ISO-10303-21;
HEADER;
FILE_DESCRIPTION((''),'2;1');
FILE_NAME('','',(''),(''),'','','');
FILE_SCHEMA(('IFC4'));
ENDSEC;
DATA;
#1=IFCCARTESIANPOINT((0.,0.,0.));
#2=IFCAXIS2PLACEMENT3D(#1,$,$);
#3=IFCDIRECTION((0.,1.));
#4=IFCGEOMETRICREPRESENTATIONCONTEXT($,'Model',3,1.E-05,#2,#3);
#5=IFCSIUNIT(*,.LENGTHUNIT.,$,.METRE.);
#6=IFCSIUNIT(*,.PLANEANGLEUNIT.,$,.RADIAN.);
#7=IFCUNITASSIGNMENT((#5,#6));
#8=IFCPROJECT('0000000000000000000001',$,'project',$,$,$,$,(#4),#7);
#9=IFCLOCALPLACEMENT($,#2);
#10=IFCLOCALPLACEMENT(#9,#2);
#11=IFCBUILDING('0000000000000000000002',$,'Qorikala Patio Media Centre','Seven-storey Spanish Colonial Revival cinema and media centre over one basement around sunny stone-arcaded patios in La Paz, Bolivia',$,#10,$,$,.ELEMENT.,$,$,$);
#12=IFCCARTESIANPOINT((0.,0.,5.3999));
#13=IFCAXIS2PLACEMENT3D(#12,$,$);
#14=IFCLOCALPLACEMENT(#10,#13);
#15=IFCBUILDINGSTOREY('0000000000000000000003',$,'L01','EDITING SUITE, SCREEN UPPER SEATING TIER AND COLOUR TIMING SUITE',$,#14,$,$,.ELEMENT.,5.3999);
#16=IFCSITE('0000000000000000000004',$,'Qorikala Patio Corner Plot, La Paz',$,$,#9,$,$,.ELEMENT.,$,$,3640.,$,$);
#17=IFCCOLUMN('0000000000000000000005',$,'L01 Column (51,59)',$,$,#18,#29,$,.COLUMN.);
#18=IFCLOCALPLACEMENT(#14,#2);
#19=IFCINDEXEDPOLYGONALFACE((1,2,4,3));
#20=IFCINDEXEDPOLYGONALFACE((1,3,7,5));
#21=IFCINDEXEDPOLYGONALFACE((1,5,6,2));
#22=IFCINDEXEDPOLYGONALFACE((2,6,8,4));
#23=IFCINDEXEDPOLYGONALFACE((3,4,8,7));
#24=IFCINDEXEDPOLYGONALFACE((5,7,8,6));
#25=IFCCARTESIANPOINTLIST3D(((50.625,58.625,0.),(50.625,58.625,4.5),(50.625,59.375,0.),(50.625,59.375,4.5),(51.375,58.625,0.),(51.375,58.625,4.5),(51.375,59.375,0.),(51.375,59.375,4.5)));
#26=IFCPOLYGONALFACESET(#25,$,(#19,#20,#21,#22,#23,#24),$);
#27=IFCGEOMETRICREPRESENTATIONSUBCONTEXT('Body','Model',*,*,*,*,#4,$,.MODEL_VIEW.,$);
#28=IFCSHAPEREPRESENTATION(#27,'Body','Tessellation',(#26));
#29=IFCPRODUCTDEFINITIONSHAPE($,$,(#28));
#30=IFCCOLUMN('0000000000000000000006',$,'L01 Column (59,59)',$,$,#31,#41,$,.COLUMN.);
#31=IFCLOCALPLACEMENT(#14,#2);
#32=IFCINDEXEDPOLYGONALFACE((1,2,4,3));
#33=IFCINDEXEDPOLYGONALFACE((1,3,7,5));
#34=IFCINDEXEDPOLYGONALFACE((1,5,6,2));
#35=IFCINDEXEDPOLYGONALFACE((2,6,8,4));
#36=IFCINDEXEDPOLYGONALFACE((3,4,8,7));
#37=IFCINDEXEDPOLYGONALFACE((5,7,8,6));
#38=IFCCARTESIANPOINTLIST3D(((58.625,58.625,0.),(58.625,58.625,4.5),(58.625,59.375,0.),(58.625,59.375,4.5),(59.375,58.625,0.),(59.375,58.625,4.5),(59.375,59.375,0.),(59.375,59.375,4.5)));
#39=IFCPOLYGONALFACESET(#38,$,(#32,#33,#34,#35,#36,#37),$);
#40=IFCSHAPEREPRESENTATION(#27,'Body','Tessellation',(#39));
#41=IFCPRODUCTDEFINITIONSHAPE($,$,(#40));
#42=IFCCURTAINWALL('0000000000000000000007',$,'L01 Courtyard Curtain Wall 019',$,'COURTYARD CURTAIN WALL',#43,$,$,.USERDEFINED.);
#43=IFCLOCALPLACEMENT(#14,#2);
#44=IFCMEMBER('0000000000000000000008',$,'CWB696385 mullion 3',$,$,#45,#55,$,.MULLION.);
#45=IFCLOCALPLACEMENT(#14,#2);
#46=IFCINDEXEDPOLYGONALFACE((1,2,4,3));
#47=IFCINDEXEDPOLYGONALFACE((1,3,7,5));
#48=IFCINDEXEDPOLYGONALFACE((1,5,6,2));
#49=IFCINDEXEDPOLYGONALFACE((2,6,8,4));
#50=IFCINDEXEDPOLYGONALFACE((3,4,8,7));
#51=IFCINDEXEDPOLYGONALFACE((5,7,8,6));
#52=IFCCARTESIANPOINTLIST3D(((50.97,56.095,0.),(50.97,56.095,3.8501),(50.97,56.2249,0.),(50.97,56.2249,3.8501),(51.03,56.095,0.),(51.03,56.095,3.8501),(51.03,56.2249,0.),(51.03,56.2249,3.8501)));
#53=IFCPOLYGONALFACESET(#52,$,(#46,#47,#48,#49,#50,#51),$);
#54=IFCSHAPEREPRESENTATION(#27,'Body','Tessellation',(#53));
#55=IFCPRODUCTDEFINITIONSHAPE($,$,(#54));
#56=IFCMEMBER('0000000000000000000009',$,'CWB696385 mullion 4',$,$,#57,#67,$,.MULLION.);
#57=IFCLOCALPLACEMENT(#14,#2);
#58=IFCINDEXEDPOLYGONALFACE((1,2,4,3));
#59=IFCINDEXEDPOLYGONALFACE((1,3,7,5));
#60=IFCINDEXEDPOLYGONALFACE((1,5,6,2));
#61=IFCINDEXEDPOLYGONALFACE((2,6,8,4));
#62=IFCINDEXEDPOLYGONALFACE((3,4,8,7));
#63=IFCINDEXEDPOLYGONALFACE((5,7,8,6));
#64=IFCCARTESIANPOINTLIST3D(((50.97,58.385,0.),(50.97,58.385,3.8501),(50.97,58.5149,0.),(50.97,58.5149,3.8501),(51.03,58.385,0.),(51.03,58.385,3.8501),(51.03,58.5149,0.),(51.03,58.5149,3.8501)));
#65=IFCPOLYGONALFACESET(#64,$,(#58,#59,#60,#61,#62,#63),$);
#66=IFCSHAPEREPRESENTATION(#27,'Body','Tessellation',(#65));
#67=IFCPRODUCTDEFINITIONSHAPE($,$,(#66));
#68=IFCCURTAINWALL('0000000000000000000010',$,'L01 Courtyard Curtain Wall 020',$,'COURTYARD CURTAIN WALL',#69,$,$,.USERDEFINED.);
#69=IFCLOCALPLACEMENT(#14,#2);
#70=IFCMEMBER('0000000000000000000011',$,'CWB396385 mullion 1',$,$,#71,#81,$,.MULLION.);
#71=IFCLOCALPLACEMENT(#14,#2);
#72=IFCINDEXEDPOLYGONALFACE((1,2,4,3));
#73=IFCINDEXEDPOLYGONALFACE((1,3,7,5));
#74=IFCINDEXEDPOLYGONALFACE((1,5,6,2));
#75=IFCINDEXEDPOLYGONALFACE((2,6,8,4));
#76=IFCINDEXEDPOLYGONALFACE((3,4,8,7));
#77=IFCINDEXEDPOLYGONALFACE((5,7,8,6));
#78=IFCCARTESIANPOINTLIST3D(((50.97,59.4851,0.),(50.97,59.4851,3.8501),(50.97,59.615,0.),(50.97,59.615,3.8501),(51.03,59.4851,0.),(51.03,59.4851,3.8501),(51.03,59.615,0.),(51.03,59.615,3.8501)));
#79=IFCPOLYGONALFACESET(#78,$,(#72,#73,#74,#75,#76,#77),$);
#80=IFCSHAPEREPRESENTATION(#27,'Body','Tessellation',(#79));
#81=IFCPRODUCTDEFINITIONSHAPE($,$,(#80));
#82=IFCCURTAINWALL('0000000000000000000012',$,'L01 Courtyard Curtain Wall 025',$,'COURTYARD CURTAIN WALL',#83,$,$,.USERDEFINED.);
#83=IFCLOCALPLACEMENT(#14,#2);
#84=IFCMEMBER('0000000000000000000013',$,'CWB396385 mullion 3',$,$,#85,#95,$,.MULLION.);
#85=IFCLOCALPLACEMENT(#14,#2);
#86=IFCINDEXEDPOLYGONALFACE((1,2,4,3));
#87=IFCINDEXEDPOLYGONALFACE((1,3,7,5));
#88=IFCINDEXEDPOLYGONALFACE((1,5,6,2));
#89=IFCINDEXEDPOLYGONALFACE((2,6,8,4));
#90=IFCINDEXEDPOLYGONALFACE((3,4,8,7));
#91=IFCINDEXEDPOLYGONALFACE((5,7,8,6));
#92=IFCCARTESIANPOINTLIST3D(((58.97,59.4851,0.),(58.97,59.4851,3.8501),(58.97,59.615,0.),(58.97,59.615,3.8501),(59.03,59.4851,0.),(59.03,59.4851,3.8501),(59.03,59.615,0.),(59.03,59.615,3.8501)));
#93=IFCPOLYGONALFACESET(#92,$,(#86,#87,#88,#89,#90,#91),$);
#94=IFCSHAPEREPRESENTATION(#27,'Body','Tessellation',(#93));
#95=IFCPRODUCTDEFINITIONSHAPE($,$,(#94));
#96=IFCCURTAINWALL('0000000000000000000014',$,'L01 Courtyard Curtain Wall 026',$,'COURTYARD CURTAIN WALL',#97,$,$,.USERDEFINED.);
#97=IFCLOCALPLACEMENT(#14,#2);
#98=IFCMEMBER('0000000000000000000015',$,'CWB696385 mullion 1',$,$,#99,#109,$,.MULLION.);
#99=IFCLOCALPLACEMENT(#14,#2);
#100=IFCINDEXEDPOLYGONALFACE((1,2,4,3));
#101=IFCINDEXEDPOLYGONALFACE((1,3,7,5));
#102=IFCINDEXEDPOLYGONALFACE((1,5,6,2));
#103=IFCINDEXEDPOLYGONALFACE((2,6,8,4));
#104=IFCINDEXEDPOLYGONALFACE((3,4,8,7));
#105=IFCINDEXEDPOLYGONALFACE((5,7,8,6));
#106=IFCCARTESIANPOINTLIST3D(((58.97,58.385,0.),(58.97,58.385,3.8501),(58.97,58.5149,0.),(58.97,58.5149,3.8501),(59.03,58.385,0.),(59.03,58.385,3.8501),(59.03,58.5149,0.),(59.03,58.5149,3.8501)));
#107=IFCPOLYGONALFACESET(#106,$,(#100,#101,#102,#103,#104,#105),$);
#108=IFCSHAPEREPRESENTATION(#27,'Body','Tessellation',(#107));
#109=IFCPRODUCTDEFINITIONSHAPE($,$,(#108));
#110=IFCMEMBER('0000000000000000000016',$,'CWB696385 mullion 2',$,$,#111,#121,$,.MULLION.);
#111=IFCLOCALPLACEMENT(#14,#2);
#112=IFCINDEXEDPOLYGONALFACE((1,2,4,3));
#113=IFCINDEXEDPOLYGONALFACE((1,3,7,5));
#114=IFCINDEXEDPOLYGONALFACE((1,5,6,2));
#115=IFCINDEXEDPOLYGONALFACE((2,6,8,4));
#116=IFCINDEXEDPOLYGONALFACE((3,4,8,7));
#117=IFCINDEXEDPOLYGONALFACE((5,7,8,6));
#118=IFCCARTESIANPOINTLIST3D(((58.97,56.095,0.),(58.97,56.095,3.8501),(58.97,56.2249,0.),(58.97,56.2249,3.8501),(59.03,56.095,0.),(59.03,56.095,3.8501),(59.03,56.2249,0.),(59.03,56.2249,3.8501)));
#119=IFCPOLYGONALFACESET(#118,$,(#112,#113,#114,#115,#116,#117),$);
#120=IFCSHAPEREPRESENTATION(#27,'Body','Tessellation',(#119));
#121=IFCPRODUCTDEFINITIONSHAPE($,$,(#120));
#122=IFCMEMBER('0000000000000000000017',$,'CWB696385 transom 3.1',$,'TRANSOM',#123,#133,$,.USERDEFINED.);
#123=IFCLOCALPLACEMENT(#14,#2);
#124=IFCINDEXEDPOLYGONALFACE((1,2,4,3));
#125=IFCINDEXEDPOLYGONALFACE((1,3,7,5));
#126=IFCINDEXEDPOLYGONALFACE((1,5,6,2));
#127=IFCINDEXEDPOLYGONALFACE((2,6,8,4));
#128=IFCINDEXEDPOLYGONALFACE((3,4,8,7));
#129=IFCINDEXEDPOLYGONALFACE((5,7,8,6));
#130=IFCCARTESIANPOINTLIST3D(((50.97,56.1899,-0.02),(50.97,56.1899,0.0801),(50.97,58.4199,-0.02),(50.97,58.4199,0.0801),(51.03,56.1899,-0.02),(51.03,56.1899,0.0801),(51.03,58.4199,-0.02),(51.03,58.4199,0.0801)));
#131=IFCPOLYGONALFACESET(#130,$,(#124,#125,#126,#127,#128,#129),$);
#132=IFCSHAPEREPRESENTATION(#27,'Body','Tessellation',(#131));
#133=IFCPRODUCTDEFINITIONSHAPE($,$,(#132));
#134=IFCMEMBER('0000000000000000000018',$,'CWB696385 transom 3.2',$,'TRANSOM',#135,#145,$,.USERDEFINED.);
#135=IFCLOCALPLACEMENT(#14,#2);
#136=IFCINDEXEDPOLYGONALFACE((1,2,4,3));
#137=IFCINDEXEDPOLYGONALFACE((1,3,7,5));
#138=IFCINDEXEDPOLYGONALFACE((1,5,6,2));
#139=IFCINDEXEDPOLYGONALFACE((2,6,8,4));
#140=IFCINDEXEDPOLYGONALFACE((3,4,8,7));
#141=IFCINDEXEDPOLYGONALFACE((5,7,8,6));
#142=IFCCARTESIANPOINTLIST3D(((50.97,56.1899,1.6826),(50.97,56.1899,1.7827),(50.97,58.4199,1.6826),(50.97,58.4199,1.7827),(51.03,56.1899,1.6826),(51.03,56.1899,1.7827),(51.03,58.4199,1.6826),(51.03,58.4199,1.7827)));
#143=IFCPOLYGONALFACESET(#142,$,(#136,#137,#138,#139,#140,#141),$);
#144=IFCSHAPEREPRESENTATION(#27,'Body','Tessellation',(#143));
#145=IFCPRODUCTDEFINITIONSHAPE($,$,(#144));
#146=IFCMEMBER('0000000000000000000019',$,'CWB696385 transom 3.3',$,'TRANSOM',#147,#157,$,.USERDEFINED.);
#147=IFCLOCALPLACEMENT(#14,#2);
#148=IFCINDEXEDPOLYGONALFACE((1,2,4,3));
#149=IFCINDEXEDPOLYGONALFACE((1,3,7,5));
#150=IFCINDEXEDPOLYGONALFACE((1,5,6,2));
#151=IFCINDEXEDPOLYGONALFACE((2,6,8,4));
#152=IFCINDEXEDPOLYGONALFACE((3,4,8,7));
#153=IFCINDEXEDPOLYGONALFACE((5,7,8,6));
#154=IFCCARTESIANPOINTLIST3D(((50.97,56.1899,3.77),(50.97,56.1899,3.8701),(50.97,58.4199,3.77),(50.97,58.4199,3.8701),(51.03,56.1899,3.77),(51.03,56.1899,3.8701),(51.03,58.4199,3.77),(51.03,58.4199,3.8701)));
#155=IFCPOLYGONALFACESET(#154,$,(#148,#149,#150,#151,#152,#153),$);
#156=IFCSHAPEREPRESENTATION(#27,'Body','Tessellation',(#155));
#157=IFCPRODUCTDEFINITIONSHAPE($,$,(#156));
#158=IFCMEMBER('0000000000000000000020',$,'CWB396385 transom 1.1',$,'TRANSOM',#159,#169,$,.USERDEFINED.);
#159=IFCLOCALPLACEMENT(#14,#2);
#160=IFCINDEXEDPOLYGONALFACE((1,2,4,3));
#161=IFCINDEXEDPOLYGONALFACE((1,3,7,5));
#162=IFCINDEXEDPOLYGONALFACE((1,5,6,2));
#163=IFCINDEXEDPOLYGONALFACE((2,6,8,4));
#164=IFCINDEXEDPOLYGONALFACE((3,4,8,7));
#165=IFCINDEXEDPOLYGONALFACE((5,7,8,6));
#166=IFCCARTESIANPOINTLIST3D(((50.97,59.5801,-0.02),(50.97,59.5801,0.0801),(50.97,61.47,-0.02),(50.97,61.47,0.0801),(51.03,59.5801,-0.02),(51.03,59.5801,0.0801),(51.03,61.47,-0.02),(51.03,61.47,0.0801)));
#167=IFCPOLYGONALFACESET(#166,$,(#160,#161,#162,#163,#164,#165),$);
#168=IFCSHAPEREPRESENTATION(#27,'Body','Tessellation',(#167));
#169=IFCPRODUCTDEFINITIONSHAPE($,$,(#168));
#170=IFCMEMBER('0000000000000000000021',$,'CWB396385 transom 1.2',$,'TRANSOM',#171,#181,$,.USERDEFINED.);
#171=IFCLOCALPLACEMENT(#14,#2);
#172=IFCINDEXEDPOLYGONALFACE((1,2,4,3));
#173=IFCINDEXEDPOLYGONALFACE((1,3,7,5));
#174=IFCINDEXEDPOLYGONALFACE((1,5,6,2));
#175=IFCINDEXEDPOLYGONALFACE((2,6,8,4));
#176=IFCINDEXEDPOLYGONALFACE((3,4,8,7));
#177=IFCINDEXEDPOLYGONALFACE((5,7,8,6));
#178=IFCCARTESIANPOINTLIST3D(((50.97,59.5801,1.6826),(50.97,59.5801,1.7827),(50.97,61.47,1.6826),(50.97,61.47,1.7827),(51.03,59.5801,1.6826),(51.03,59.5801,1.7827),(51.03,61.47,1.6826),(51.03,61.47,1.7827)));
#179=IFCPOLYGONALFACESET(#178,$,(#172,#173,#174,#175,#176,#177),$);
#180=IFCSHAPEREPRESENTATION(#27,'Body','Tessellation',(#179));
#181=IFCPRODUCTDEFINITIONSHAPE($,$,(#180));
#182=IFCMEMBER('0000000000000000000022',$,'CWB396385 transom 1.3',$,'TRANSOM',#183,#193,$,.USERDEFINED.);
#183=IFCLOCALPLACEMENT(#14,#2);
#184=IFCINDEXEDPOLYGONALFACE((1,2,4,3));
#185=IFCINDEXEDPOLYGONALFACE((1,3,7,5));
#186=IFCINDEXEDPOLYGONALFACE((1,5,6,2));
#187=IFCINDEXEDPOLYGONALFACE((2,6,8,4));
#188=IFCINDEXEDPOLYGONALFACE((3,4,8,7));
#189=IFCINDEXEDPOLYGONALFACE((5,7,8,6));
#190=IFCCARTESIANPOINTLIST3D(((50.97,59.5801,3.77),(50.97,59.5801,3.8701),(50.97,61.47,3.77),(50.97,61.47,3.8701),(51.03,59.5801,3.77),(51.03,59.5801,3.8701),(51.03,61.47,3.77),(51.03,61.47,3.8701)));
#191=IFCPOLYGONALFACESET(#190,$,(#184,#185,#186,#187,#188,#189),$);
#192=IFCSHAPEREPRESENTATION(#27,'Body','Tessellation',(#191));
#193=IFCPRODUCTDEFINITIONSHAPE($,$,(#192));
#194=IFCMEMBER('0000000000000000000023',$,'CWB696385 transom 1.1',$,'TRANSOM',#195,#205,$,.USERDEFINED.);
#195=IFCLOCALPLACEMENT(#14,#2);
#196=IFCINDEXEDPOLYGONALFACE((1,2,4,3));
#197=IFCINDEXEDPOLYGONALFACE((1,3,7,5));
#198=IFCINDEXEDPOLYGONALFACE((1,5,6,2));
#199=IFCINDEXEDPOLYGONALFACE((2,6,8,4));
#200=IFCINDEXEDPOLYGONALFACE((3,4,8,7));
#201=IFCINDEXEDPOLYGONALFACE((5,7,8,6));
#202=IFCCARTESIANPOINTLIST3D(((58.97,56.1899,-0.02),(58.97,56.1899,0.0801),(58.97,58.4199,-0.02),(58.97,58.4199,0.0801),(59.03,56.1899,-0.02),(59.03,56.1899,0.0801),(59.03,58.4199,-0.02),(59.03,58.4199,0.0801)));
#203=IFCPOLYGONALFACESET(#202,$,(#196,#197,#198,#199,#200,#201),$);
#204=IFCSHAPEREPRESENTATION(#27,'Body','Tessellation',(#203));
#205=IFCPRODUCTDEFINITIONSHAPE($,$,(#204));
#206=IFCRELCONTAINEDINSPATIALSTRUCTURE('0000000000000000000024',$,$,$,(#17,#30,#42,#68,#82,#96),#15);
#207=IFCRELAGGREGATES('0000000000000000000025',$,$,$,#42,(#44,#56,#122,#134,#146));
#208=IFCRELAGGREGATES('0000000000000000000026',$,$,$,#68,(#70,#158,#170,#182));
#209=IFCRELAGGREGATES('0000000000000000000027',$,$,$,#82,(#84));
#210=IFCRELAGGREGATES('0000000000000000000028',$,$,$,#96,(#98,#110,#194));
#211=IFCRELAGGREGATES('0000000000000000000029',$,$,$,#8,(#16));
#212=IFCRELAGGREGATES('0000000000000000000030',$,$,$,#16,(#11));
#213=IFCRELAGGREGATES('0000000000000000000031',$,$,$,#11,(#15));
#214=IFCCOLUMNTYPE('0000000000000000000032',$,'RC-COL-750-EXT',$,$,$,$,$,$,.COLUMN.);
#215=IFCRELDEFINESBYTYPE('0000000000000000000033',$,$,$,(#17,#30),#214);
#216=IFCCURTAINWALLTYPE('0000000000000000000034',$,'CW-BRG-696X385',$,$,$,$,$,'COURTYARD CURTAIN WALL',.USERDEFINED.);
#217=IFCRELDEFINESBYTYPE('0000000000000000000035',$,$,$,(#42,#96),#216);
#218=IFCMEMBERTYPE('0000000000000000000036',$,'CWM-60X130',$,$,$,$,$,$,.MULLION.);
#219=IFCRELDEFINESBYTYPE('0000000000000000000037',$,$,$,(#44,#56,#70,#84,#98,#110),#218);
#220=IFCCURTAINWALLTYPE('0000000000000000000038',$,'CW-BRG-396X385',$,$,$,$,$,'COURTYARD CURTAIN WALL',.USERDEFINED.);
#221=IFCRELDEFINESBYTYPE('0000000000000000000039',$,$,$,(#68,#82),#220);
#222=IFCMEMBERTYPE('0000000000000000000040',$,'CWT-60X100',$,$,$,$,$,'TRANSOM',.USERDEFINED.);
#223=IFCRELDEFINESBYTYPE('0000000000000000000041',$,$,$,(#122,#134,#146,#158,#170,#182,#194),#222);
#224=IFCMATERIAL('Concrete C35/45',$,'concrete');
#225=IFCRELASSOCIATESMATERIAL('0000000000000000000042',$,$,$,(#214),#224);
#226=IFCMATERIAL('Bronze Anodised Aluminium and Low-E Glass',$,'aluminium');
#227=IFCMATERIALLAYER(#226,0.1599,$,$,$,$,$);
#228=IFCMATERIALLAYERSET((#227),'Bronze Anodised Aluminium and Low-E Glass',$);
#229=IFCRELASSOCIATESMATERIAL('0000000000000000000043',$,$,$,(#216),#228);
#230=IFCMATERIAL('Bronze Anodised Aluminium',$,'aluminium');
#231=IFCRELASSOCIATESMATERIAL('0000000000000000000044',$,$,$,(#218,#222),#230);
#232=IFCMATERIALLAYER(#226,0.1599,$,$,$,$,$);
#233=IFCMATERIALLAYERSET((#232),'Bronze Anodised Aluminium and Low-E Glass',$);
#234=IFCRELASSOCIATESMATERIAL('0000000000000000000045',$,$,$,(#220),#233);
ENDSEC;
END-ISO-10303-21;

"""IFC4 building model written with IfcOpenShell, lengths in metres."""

from ifc_helpers import new_model, si_unit, direction, frame, origin, origin_2d, place, context, subcontext, project, spatial, rectangle, extrude, material, layer, layer_set, material_profile, profile_set, type_object, element, aggregate, save


model = new_model("IFC4")

# Units and contexts
model_context = context("Model", 3, precision=1e-05, world=origin(), true_north=direction((0.0, 1.0)))
body_context = subcontext(model_context, "Body", "Model", "MODEL_VIEW")
ifc_project = project(units=[si_unit("LENGTHUNIT", "METRE"), si_unit("PLANEANGLEUNIT", "RADIAN")], contexts=[model_context])

# Site, building, storey
site_placement = place(None, origin())
site = spatial("IfcSite", under=ifc_project, at=site_placement, Name="Qorikala Patio Corner Plot, La Paz", CompositionType="ELEMENT", RefElevation=3640.0)
building_placement = place(site_placement, origin())
building = spatial("IfcBuilding", under=site, at=building_placement, Name="Qorikala Patio Media Centre", Description="Seven-storey Spanish Colonial Revival cinema and media centre over one basement around sunny stone-arcaded patios in La Paz, Bolivia", CompositionType="ELEMENT")
storey_placement = place(building_placement, frame((0.0, 0.0, 5.3999)))
storey = spatial("IfcBuildingStorey", under=building, at=storey_placement, Name="L01", Description="EDITING SUITE, SCREEN UPPER SEATING TIER AND COLOUR TIMING SUITE", CompositionType="ELEMENT", Elevation=5.3999)

# Columns
ifc_material_1 = material(Name="Concrete C35/45", Category="concrete")
ifc_material_profile_1 = material_profile(ifc_material_1, rectangle(XDim=0.75, YDim=0.75, at=origin_2d()), Name="RC 750x750")
ifc_profile_set_1 = profile_set([ifc_material_profile_1], Name="Concrete C35/45")
column_type = type_object("IfcColumnType", Name="RC-COL-750-EXT", PredefinedType="COLUMN", material=ifc_profile_set_1)
for number, where, z_axis, x_axis, name in (
    (1, (51.0, 59.0, 0.0), (0.0, 0.0, 1.0), (1.0, 0.0, 0.0), "L01 Column (51,59)"),
    (2, (59.0, 59.0, 0.0), (0.0, 0.0, 1.0), (1.0, 0.0, 0.0), "L01 Column (59,59)"),
):
    element("IfcColumn", number, at=place(storey_placement, frame(where, z_axis=z_axis, x_axis=x_axis)), inside=storey, type_object=column_type, Name=name, PredefinedType="COLUMN", context=body_context, shape_type="SweptSolid", body=[
        extrude(rectangle(XDim=0.75, YDim=0.75, at=origin_2d()), origin(), (0.0, 0.0, 1.0), 4.5),
    ])

# Curtain wall, members
ifc_material_2 = material(Name="Bronze Anodised Aluminium and Low-E Glass", Category="aluminium")
ifc_layer_1 = layer(ifc_material_2, 0.1599)
ifc_layer_set_1 = layer_set([ifc_layer_1], Name="Bronze Anodised Aluminium and Low-E Glass")
curtain_wall_type_1 = type_object("IfcCurtainWallType", Name="CW-BRG-696X385", ElementType="COURTYARD CURTAIN WALL", PredefinedType="USERDEFINED", material=ifc_layer_set_1)
curtain_wall_1_placement = place(storey_placement, origin())
curtain_wall_1 = element("IfcCurtainWall", 3, at=curtain_wall_1_placement, inside=storey, type_object=curtain_wall_type_1, Name="L01 Courtyard Curtain Wall 019", ObjectType="COURTYARD CURTAIN WALL", PredefinedType="USERDEFINED")
ifc_material_3 = material(Name="Bronze Anodised Aluminium", Category="aluminium")
ifc_material_profile_2 = material_profile(ifc_material_3, rectangle(XDim=0.0601, YDim=0.1299, at=origin_2d()), Name="ALU MULLION 60x130")
ifc_profile_set_2 = profile_set([ifc_material_profile_2], Name="Bronze Anodised Aluminium")
member_type_1 = type_object("IfcMemberType", Name="CWM-60X130", PredefinedType="MULLION", material=ifc_profile_set_2)
member_1_placement = place(storey_placement, frame((51.0, 56.1599, 0.0), z_axis=(0.0, 0.0, 1.0), x_axis=(-1.0, 0.0, 0.0)))
member_1 = element("IfcMember", 4, at=member_1_placement, type_object=member_type_1, Name="CWB696385 mullion 3", PredefinedType="MULLION", context=body_context, shape_type="SweptSolid", body=[
    extrude(rectangle(XDim=0.0601, YDim=0.1299, at=origin_2d()), origin(), (0.0, 0.0, 1.0), 3.8501),
])
member_2_placement = place(storey_placement, frame((51.0, 58.45, 0.0), z_axis=(0.0, 0.0, 1.0), x_axis=(-1.0, 0.0, 0.0)))
member_2 = element("IfcMember", 5, at=member_2_placement, type_object=member_type_1, Name="CWB696385 mullion 4", PredefinedType="MULLION", context=body_context, shape_type="SweptSolid", body=[
    extrude(rectangle(XDim=0.0601, YDim=0.1299, at=origin_2d()), origin(), (0.0, 0.0, 1.0), 3.8501),
])

# Curtain walls, members
ifc_layer_2 = layer(ifc_material_2, 0.1599)
ifc_layer_set_2 = layer_set([ifc_layer_2], Name="Bronze Anodised Aluminium and Low-E Glass")
curtain_wall_type_2 = type_object("IfcCurtainWallType", Name="CW-BRG-396X385", ElementType="COURTYARD CURTAIN WALL", PredefinedType="USERDEFINED", material=ifc_layer_set_2)
curtain_wall_2_placement = place(storey_placement, origin())
curtain_wall_2 = element("IfcCurtainWall", 6, at=curtain_wall_2_placement, inside=storey, type_object=curtain_wall_type_2, Name="L01 Courtyard Curtain Wall 020", ObjectType="COURTYARD CURTAIN WALL", PredefinedType="USERDEFINED")
member_3_placement = place(storey_placement, frame((51.0, 59.55, 0.0), z_axis=(0.0, 0.0, 1.0), x_axis=(-1.0, 0.0, 0.0)))
member_3 = element("IfcMember", 7, at=member_3_placement, type_object=member_type_1, Name="CWB396385 mullion 1", PredefinedType="MULLION", context=body_context, shape_type="SweptSolid", body=[
    extrude(rectangle(XDim=0.0601, YDim=0.1299, at=origin_2d()), origin(), (0.0, 0.0, 1.0), 3.8501),
])
curtain_wall_3_placement = place(storey_placement, origin())
curtain_wall_3 = element("IfcCurtainWall", 8, at=curtain_wall_3_placement, inside=storey, type_object=curtain_wall_type_2, Name="L01 Courtyard Curtain Wall 025", ObjectType="COURTYARD CURTAIN WALL", PredefinedType="USERDEFINED")
member_4_placement = place(storey_placement, frame((59.0, 59.55, 0.0), z_axis=(0.0, 0.0, 1.0), x_axis=(1.0, 0.0, 0.0)))
member_4 = element("IfcMember", 9, at=member_4_placement, type_object=member_type_1, Name="CWB396385 mullion 3", PredefinedType="MULLION", context=body_context, shape_type="SweptSolid", body=[
    extrude(rectangle(XDim=0.0601, YDim=0.1299, at=origin_2d()), origin(), (0.0, 0.0, 1.0), 3.8501),
])

# Curtain wall, members
curtain_wall_4_placement = place(storey_placement, origin())
curtain_wall_4 = element("IfcCurtainWall", 10, at=curtain_wall_4_placement, inside=storey, type_object=curtain_wall_type_1, Name="L01 Courtyard Curtain Wall 026", ObjectType="COURTYARD CURTAIN WALL", PredefinedType="USERDEFINED")
member_5_placement = place(storey_placement, frame((59.0, 58.45, 0.0), z_axis=(0.0, 0.0, 1.0), x_axis=(1.0, 0.0, 0.0)))
member_5 = element("IfcMember", 11, at=member_5_placement, type_object=member_type_1, Name="CWB696385 mullion 1", PredefinedType="MULLION", context=body_context, shape_type="SweptSolid", body=[
    extrude(rectangle(XDim=0.0601, YDim=0.1299, at=origin_2d()), origin(), (0.0, 0.0, 1.0), 3.8501),
])
member_6_placement = place(storey_placement, frame((59.0, 56.1599, 0.0), z_axis=(0.0, 0.0, 1.0), x_axis=(1.0, 0.0, 0.0)))
member_6 = element("IfcMember", 12, at=member_6_placement, type_object=member_type_1, Name="CWB696385 mullion 2", PredefinedType="MULLION", context=body_context, shape_type="SweptSolid", body=[
    extrude(rectangle(XDim=0.0601, YDim=0.1299, at=origin_2d()), origin(), (0.0, 0.0, 1.0), 3.8501),
])

# Members
ifc_material_profile_3 = material_profile(ifc_material_3, rectangle(XDim=0.0601, YDim=0.1001, at=origin_2d()), Name="ALU TRANSOM 60x100")
ifc_profile_set_3 = profile_set([ifc_material_profile_3], Name="Bronze Anodised Aluminium")
member_type_2 = type_object("IfcMemberType", Name="CWT-60X100", ElementType="TRANSOM", PredefinedType="USERDEFINED", material=ifc_profile_set_3)
member_7_placement = place(storey_placement, frame((51.0, 56.1899, 0.03), z_axis=(0.0, 1.0, 0.0), x_axis=(-1.0, 0.0, 0.0)))
member_7 = element("IfcMember", 13, at=member_7_placement, type_object=member_type_2, Name="CWB696385 transom 3.1", ObjectType="TRANSOM", PredefinedType="USERDEFINED", context=body_context, shape_type="SweptSolid", body=[
    extrude(rectangle(XDim=0.0601, YDim=0.1001, at=origin_2d()), origin(), (0.0, 0.0, 1.0), 2.23),
])
member_8_placement = place(storey_placement, frame((51.0, 56.1899, 1.7327), z_axis=(0.0, 1.0, 0.0), x_axis=(-1.0, 0.0, 0.0)))
member_8 = element("IfcMember", 14, at=member_8_placement, type_object=member_type_2, Name="CWB696385 transom 3.2", ObjectType="TRANSOM", PredefinedType="USERDEFINED", context=body_context, shape_type="SweptSolid", body=[
    extrude(rectangle(XDim=0.0601, YDim=0.1001, at=origin_2d()), origin(), (0.0, 0.0, 1.0), 2.23),
])
member_9_placement = place(storey_placement, frame((51.0, 56.1899, 3.8201), z_axis=(0.0, 1.0, 0.0), x_axis=(-1.0, 0.0, 0.0)))
member_9 = element("IfcMember", 15, at=member_9_placement, type_object=member_type_2, Name="CWB696385 transom 3.3", ObjectType="TRANSOM", PredefinedType="USERDEFINED", context=body_context, shape_type="SweptSolid", body=[
    extrude(rectangle(XDim=0.0601, YDim=0.1001, at=origin_2d()), origin(), (0.0, 0.0, 1.0), 2.23),
])
member_10_placement = place(storey_placement, frame((51.0, 59.5801, 0.03), z_axis=(0.0, 1.0, 0.0), x_axis=(-1.0, 0.0, 0.0)))
member_10 = element("IfcMember", 16, at=member_10_placement, type_object=member_type_2, Name="CWB396385 transom 1.1", ObjectType="TRANSOM", PredefinedType="USERDEFINED", context=body_context, shape_type="SweptSolid", body=[
    extrude(rectangle(XDim=0.0601, YDim=0.1001, at=origin_2d()), origin(), (0.0, 0.0, 1.0), 1.8899),
])
member_11_placement = place(storey_placement, frame((51.0, 59.5801, 1.7327), z_axis=(0.0, 1.0, 0.0), x_axis=(-1.0, 0.0, 0.0)))
member_11 = element("IfcMember", 17, at=member_11_placement, type_object=member_type_2, Name="CWB396385 transom 1.2", ObjectType="TRANSOM", PredefinedType="USERDEFINED", context=body_context, shape_type="SweptSolid", body=[
    extrude(rectangle(XDim=0.0601, YDim=0.1001, at=origin_2d()), origin(), (0.0, 0.0, 1.0), 1.8899),
])
member_12_placement = place(storey_placement, frame((51.0, 59.5801, 3.8201), z_axis=(0.0, 1.0, 0.0), x_axis=(-1.0, 0.0, 0.0)))
member_12 = element("IfcMember", 18, at=member_12_placement, type_object=member_type_2, Name="CWB396385 transom 1.3", ObjectType="TRANSOM", PredefinedType="USERDEFINED", context=body_context, shape_type="SweptSolid", body=[
    extrude(rectangle(XDim=0.0601, YDim=0.1001, at=origin_2d()), origin(), (0.0, 0.0, 1.0), 1.8899),
])
member_13_placement = place(storey_placement, frame((59.0, 58.4199, 0.03), z_axis=(0.0, -1.0, 0.0), x_axis=(1.0, 0.0, 0.0)))
member_13 = element("IfcMember", 19, at=member_13_placement, type_object=member_type_2, Name="CWB696385 transom 1.1", ObjectType="TRANSOM", PredefinedType="USERDEFINED", context=body_context, shape_type="SweptSolid", body=[
    extrude(rectangle(XDim=0.0601, YDim=0.1001, at=origin_2d()), origin(), (0.0, 0.0, 1.0), 2.23),
])

aggregate(curtain_wall_1, [member_1, member_2, member_7, member_8, member_9])
aggregate(curtain_wall_2, [member_3, member_10, member_11, member_12])
aggregate(curtain_wall_3, [member_4])
aggregate(curtain_wall_4, [member_5, member_6, member_13])

save(model, "model.ifc")
